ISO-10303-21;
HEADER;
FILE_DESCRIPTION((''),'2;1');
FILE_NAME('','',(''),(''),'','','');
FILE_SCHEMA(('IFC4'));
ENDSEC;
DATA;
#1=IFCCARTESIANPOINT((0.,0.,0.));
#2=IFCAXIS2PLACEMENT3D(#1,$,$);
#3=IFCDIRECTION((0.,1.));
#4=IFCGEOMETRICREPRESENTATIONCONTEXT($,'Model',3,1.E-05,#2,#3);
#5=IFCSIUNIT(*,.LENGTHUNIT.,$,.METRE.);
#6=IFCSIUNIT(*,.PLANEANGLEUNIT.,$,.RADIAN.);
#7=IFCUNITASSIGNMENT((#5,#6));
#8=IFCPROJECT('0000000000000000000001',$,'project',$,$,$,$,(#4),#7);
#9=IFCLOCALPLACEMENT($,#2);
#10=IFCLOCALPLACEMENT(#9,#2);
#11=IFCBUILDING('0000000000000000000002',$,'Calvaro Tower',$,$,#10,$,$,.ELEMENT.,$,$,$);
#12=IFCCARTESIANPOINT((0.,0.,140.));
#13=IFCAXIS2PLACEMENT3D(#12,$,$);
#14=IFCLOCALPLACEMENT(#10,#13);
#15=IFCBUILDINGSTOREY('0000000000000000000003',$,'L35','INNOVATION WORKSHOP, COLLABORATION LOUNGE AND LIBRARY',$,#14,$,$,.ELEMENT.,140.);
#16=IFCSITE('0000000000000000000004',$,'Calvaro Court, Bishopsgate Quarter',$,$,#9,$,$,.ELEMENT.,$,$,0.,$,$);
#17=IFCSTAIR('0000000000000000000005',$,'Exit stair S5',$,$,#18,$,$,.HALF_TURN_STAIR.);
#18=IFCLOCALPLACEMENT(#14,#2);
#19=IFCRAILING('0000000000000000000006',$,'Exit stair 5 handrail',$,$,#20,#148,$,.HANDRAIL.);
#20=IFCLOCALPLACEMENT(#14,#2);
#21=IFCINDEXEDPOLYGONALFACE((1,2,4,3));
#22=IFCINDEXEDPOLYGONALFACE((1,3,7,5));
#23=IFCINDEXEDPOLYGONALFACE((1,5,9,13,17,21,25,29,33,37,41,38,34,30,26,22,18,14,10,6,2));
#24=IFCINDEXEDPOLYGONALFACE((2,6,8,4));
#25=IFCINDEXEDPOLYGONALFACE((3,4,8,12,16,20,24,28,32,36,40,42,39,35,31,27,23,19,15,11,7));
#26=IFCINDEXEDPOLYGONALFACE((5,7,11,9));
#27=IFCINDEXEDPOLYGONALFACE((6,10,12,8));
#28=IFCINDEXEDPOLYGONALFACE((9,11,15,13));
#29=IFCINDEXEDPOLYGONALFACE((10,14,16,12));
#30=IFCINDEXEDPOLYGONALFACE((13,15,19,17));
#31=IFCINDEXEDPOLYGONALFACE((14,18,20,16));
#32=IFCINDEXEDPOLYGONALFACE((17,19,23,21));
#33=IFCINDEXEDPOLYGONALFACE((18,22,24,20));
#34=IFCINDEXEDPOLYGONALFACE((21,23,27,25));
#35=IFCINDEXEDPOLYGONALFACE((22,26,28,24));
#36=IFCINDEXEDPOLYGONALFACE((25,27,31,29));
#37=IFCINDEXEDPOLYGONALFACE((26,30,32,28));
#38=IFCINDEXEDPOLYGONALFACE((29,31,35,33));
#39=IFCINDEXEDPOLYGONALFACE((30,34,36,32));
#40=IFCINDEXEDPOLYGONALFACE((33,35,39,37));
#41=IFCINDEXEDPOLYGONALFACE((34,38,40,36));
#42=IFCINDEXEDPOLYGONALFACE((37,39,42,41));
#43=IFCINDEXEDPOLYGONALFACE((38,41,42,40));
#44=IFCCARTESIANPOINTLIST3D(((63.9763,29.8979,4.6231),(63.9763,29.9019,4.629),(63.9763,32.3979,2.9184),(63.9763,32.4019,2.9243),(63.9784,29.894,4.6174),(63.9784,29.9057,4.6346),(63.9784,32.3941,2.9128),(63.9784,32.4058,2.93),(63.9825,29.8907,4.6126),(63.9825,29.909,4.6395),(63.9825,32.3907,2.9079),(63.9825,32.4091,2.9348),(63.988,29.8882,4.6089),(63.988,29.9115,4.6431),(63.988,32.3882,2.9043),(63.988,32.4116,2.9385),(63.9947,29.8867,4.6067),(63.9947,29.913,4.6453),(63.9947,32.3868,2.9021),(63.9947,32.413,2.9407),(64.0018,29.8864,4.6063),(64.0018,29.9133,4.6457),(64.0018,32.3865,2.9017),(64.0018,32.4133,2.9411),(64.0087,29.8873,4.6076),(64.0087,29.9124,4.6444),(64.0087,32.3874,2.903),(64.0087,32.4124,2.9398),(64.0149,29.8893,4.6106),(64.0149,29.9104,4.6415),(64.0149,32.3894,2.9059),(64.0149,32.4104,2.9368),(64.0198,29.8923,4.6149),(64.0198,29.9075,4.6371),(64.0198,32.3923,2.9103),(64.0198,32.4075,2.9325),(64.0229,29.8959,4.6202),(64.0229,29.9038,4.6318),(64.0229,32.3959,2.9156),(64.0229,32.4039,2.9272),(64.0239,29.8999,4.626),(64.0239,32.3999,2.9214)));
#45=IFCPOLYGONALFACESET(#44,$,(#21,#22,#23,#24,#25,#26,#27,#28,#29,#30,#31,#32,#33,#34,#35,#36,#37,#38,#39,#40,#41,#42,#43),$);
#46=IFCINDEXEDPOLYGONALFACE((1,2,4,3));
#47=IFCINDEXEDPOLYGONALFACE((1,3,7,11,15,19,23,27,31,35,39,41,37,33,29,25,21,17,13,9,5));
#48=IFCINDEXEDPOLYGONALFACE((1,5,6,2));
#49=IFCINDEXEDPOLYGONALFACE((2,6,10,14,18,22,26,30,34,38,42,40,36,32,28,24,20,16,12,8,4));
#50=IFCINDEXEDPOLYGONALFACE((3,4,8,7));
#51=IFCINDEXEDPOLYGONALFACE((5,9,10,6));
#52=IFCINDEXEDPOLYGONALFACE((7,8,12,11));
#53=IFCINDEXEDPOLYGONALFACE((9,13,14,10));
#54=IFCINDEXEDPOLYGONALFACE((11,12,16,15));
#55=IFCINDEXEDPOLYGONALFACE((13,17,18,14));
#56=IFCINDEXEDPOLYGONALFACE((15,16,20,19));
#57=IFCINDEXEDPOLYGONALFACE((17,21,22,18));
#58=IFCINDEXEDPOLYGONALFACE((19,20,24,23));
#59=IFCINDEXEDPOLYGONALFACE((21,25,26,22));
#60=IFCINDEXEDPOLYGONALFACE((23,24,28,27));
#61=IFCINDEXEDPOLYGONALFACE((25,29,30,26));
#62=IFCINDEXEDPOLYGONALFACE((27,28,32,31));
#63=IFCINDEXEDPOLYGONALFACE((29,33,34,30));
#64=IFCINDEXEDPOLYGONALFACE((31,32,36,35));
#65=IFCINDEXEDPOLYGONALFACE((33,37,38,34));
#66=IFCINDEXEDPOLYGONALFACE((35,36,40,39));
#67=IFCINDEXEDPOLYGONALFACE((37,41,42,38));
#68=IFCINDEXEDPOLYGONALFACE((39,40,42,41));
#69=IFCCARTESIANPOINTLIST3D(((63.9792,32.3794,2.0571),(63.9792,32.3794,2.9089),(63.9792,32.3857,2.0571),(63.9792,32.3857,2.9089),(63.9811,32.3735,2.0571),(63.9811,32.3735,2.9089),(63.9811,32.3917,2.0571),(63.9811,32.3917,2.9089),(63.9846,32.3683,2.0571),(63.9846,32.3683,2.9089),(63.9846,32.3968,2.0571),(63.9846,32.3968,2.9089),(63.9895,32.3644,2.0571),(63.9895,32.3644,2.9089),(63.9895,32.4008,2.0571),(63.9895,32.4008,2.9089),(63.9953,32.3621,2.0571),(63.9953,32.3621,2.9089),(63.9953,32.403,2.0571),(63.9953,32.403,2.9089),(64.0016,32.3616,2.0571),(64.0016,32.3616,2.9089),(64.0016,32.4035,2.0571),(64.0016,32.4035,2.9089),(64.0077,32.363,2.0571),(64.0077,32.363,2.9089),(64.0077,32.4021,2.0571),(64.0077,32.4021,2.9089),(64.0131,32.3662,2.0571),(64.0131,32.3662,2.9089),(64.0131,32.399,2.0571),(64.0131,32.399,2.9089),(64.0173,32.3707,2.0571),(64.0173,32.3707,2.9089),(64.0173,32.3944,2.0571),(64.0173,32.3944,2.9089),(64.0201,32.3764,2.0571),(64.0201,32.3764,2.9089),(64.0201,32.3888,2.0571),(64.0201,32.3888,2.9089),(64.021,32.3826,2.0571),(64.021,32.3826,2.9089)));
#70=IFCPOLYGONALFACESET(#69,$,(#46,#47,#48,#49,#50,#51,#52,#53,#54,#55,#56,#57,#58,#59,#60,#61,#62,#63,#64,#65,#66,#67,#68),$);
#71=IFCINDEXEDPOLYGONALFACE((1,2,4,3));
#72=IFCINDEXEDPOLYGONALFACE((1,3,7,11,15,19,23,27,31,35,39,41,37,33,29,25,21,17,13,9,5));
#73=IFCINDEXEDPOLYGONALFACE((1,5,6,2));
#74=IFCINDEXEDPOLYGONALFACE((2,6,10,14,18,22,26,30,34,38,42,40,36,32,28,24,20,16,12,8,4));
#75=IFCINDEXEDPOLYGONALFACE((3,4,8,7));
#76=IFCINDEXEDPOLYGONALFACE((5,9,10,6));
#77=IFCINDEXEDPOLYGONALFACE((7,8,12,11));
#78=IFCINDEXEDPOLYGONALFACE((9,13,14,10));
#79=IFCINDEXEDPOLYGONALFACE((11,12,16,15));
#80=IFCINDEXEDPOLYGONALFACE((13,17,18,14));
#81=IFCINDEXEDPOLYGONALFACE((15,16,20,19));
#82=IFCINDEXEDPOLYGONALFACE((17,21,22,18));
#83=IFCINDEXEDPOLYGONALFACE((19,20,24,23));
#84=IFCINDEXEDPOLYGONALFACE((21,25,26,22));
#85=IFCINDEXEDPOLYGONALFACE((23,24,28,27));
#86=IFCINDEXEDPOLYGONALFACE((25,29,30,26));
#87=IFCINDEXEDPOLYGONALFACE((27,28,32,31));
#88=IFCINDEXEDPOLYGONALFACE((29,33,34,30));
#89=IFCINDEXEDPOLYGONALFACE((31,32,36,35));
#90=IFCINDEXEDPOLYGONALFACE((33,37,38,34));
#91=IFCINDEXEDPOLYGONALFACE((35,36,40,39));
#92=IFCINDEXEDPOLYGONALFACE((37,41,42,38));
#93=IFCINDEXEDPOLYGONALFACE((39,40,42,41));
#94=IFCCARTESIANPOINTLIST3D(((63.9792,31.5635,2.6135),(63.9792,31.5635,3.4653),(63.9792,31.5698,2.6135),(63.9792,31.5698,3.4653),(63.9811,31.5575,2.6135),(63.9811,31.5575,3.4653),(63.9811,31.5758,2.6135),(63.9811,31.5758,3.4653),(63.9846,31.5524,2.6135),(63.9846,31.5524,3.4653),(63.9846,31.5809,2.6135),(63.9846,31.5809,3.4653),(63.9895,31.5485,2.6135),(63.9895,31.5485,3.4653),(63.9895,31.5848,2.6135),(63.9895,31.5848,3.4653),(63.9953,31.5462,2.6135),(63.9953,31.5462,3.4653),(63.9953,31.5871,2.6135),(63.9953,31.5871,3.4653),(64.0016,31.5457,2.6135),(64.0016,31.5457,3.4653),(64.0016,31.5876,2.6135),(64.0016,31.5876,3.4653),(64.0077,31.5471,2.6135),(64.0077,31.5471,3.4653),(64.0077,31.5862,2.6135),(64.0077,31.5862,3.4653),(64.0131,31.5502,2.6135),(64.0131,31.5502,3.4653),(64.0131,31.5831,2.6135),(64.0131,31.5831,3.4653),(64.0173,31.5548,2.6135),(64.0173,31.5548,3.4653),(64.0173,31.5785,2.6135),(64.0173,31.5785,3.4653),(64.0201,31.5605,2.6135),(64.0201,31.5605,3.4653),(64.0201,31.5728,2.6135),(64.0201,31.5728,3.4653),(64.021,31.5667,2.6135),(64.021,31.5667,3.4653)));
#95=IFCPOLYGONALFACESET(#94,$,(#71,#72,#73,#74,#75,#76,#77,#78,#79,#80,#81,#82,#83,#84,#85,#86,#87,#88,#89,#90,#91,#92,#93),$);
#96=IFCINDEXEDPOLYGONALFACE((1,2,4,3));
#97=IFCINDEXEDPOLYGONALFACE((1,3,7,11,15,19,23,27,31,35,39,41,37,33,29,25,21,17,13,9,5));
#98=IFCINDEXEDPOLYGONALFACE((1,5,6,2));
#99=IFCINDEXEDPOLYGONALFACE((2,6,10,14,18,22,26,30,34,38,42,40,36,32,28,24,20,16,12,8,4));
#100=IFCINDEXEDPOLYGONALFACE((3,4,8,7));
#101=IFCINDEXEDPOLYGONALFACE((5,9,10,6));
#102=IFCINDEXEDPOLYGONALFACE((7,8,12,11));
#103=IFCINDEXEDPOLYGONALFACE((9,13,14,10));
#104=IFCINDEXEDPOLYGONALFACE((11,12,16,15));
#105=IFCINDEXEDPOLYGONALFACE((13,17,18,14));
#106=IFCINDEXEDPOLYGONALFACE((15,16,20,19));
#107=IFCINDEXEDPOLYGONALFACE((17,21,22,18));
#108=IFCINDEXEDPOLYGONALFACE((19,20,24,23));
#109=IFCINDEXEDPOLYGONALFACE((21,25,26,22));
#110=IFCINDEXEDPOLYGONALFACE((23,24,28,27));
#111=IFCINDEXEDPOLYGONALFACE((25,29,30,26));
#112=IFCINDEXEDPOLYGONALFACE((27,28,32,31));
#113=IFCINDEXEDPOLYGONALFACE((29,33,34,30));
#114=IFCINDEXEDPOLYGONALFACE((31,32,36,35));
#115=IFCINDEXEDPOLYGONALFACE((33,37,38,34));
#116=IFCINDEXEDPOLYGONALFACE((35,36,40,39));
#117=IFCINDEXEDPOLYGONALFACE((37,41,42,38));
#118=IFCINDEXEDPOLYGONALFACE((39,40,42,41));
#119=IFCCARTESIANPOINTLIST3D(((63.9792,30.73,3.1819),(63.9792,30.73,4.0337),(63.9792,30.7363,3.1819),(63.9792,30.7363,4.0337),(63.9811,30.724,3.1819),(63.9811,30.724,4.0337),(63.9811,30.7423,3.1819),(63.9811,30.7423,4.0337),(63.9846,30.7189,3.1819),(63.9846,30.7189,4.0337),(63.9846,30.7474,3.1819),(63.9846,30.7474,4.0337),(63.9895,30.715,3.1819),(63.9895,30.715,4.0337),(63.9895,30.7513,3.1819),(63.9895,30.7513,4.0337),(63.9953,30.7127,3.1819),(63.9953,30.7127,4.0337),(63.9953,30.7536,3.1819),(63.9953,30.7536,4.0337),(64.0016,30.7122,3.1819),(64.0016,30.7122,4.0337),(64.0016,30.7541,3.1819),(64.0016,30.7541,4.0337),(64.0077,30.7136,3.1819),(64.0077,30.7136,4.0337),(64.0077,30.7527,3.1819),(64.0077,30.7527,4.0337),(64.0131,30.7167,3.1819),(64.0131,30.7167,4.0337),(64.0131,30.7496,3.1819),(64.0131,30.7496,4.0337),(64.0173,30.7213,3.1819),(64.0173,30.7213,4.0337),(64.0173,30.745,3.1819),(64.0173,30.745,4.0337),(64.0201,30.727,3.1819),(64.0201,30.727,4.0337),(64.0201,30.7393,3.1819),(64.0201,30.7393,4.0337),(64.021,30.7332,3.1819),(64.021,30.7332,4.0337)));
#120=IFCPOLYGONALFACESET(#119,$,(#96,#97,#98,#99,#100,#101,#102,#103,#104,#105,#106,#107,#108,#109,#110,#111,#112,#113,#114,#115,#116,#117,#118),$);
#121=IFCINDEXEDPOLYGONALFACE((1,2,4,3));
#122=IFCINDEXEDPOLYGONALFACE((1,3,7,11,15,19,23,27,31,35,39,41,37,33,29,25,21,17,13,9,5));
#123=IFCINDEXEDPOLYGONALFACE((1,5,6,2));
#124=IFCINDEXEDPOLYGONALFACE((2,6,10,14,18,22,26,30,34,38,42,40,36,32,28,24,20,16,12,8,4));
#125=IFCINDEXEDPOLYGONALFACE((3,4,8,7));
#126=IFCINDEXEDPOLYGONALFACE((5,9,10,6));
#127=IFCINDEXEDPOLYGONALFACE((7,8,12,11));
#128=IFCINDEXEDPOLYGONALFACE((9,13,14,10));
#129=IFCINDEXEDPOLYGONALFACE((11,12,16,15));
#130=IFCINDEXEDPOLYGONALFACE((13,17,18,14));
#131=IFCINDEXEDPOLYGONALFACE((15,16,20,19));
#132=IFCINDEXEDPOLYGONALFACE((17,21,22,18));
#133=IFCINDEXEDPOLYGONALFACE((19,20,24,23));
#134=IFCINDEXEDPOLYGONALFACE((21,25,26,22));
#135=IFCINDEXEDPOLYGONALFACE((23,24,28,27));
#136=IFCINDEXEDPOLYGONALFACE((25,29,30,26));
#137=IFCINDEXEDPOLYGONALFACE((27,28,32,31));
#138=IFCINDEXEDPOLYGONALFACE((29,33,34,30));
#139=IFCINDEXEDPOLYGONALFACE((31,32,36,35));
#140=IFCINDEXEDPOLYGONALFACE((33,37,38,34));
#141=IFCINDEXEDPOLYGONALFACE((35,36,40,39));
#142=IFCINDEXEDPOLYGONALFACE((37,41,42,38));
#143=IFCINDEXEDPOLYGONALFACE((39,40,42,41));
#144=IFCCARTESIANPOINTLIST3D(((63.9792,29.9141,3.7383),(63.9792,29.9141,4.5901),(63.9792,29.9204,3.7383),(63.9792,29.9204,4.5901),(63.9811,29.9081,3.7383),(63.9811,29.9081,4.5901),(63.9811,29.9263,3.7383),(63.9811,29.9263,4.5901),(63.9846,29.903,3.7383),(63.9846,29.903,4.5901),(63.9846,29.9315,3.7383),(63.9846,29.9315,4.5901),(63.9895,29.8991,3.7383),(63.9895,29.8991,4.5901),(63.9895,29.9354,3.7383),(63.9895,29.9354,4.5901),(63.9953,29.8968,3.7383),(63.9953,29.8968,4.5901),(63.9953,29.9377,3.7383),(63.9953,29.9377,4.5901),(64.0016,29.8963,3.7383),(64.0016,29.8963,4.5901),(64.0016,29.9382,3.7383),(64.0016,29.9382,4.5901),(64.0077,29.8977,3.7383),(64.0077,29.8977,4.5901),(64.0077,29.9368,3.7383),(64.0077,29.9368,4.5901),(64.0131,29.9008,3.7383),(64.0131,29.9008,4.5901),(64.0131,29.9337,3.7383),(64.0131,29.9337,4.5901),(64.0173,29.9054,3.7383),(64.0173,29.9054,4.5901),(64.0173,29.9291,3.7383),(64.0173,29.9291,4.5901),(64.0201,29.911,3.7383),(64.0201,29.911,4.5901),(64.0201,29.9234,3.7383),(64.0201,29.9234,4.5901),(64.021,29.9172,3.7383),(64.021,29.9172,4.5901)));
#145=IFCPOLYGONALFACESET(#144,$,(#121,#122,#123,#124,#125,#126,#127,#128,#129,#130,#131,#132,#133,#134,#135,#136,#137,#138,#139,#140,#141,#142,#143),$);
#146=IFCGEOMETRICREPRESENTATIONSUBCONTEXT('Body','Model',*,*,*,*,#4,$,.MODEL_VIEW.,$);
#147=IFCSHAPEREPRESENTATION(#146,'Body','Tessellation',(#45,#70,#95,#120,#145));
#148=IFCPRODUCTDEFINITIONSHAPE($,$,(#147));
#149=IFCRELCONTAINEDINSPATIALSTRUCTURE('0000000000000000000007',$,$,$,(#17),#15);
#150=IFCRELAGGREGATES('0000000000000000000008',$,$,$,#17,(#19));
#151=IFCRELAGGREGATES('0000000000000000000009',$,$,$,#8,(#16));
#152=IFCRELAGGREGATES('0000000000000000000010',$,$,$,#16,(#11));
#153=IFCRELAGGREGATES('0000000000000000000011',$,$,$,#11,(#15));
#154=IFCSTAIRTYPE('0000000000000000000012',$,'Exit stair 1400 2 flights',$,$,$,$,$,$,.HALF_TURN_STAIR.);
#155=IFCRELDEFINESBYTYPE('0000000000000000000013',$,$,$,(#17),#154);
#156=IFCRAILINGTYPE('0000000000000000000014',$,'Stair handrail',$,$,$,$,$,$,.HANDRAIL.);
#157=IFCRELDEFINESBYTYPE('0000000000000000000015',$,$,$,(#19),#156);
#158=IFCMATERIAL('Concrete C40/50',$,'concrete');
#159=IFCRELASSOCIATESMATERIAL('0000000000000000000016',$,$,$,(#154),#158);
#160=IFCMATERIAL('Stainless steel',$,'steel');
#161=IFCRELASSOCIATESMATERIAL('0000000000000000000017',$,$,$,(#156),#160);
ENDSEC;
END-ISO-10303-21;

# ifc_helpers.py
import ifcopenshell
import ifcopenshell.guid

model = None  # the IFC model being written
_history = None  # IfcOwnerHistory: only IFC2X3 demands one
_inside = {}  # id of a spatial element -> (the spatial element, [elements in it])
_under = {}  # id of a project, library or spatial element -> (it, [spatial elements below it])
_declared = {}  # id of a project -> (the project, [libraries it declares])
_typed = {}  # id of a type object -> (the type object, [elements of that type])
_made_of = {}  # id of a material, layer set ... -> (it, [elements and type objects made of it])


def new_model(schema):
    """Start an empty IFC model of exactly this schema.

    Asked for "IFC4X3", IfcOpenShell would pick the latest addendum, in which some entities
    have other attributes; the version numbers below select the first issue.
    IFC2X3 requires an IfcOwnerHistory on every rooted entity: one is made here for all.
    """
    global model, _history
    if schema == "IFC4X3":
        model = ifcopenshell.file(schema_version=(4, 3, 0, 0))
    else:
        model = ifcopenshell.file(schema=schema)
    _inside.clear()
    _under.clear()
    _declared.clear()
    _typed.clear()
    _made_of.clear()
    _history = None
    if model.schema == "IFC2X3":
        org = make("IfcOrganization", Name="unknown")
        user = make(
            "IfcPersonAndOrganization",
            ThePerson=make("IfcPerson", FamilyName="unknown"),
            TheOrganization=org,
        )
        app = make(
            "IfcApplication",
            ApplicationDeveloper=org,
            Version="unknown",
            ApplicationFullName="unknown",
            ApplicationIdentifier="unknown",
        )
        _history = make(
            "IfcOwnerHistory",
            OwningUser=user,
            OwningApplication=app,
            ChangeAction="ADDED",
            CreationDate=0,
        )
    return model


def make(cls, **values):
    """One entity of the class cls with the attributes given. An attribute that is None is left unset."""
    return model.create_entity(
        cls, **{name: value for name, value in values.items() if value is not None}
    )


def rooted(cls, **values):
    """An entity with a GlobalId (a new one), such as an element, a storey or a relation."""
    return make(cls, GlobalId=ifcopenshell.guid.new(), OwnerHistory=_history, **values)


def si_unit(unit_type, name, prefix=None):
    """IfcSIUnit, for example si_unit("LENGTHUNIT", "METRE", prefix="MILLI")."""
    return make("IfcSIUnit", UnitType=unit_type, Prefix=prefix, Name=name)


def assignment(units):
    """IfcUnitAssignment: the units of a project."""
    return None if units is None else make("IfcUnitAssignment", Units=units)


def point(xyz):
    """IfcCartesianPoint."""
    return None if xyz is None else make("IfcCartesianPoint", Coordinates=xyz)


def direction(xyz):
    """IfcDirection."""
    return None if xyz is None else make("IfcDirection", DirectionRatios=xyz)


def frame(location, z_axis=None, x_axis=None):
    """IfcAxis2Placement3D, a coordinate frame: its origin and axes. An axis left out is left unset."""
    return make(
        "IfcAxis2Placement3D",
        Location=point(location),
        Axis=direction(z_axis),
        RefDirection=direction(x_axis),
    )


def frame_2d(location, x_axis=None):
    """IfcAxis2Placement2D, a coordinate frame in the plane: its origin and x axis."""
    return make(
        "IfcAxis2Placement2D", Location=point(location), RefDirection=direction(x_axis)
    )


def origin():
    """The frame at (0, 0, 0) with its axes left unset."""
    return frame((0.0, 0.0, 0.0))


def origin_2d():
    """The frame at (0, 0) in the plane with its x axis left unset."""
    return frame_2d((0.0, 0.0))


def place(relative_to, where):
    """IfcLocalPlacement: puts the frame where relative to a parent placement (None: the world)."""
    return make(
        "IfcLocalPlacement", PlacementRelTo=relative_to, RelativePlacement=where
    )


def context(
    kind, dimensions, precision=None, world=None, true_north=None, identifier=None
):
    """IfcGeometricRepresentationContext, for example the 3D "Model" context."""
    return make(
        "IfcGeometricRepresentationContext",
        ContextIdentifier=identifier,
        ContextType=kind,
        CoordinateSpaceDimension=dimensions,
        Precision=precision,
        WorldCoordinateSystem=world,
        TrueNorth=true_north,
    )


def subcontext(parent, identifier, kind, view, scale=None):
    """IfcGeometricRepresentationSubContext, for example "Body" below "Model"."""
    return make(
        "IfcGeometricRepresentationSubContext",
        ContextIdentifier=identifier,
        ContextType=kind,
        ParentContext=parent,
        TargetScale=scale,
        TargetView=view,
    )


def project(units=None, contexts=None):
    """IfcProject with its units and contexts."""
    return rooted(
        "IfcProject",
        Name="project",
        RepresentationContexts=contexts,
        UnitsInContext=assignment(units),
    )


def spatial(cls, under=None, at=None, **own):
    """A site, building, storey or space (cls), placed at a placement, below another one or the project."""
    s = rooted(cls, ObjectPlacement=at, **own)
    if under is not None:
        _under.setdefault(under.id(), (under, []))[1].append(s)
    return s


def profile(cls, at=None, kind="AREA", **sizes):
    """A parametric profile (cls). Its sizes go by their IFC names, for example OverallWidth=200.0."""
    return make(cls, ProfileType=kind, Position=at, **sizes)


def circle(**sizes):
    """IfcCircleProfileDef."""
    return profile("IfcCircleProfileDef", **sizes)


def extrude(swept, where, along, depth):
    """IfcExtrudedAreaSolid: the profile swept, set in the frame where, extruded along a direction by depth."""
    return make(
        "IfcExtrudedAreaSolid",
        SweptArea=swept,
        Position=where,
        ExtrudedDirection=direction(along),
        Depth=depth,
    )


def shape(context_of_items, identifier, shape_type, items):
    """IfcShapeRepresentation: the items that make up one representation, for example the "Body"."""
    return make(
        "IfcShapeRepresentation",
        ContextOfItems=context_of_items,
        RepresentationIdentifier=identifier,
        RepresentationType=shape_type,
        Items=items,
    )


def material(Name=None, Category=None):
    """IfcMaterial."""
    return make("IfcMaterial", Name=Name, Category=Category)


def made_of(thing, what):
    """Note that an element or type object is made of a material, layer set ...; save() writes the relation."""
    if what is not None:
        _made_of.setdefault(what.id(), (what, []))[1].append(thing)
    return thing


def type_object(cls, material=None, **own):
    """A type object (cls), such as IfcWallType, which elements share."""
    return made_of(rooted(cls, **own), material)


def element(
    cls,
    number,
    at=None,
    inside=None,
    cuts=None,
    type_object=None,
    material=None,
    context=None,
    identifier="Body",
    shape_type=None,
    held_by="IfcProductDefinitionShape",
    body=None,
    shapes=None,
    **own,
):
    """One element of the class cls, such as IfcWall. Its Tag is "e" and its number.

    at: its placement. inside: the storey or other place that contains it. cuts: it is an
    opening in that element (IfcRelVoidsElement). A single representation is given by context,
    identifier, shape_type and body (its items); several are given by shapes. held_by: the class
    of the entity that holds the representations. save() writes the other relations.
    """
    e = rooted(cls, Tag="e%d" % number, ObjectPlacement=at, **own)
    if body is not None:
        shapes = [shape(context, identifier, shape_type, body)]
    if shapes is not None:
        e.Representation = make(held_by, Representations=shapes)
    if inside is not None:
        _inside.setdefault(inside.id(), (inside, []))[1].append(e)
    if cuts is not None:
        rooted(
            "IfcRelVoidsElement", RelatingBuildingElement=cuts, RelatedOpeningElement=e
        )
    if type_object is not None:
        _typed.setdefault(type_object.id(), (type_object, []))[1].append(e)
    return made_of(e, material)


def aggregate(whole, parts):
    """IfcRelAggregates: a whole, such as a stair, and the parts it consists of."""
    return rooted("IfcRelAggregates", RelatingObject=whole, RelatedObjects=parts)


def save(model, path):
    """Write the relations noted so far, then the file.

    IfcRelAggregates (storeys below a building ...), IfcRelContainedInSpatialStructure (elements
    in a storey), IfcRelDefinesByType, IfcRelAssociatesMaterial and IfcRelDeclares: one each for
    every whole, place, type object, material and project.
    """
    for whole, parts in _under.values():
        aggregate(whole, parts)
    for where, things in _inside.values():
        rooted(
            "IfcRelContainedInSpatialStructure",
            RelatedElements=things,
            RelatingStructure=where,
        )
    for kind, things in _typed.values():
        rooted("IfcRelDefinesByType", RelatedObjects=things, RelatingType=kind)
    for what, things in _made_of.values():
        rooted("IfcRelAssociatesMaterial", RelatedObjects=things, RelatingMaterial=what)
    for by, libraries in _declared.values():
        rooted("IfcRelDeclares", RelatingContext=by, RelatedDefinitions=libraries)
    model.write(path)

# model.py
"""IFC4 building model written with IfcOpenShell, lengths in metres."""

from ifc_helpers import new_model, si_unit, direction, frame, origin, origin_2d, place, context, subcontext, project, spatial, circle, extrude, material, type_object, element, aggregate, save


model = new_model("IFC4")

# Units and contexts
model_context = context("Model", 3, precision=1e-05, world=origin(), true_north=direction((0.0, 1.0)))
body_context = subcontext(model_context, "Body", "Model", "MODEL_VIEW")
ifc_project = project(units=[si_unit("LENGTHUNIT", "METRE"), si_unit("PLANEANGLEUNIT", "RADIAN")], contexts=[model_context])

# Site, building, storey
site_placement = place(None, origin())
site = spatial("IfcSite", under=ifc_project, at=site_placement, Name="Calvaro Court, Bishopsgate Quarter", CompositionType="ELEMENT", RefElevation=0.0)
building_placement = place(site_placement, origin())
building = spatial("IfcBuilding", under=site, at=building_placement, Name="Calvaro Tower", CompositionType="ELEMENT")
storey_placement = place(building_placement, frame((0.0, 0.0, 140.0)))
storey = spatial("IfcBuildingStorey", under=building, at=storey_placement, Name="L35", Description="INNOVATION WORKSHOP, COLLABORATION LOUNGE AND LIBRARY", CompositionType="ELEMENT", Elevation=140.0)

# Stair
ifc_material_1 = material(Name="Concrete C40/50", Category="concrete")
stair_type = type_object("IfcStairType", Name="Exit stair 1400 2 flights", PredefinedType="HALF_TURN_STAIR", material=ifc_material_1)
stair_1_placement = place(storey_placement, origin())
stair_1 = element("IfcStair", 1, at=stair_1_placement, inside=storey, type_object=stair_type, Name="Exit stair S5", PredefinedType="HALF_TURN_STAIR")

# Shared definitions
ifc_material_2 = material(Name="Stainless steel", Category="steel")
railing_type = type_object("IfcRailingType", Name="Stair handrail", PredefinedType="HANDRAIL", material=ifc_material_2)

# Railing
railing_1_placement = place(storey_placement, frame((64.0, 32.3999, 2.0454)))
railing_1 = element("IfcRailing", 2, at=railing_1_placement, type_object=railing_type, Name="Exit stair 5 handrail", PredefinedType="HANDRAIL", context=body_context, shape_type="SweptSolid", body=[
    extrude(circle(Radius=0.0239, at=origin_2d()), frame((0.0, 0.0, 0.876), z_axis=(0.0, -0.826221, 0.563347), x_axis=(1.0, 0.0, 0.0)), (0.0, 0.0, 1.0), 3.0259),
    extrude(circle(Radius=0.021, at=origin_2d()), frame((0.0, -0.0173, 0.0117)), (0.0, 0.0, 1.0), 0.8518),
    extrude(circle(Radius=0.021, at=origin_2d()), frame((0.0, -0.8333, 0.5681)), (0.0, 0.0, 1.0), 0.8518),
    extrude(circle(Radius=0.021, at=origin_2d()), frame((0.0, -1.6667, 1.1365)), (0.0, 0.0, 1.0), 0.8518),
    extrude(circle(Radius=0.021, at=origin_2d()), frame((0.0, -2.4827, 1.6929)), (0.0, 0.0, 1.0), 0.8518),
])
aggregate(stair_1, [railing_1])

save(model, "model.ifc")
